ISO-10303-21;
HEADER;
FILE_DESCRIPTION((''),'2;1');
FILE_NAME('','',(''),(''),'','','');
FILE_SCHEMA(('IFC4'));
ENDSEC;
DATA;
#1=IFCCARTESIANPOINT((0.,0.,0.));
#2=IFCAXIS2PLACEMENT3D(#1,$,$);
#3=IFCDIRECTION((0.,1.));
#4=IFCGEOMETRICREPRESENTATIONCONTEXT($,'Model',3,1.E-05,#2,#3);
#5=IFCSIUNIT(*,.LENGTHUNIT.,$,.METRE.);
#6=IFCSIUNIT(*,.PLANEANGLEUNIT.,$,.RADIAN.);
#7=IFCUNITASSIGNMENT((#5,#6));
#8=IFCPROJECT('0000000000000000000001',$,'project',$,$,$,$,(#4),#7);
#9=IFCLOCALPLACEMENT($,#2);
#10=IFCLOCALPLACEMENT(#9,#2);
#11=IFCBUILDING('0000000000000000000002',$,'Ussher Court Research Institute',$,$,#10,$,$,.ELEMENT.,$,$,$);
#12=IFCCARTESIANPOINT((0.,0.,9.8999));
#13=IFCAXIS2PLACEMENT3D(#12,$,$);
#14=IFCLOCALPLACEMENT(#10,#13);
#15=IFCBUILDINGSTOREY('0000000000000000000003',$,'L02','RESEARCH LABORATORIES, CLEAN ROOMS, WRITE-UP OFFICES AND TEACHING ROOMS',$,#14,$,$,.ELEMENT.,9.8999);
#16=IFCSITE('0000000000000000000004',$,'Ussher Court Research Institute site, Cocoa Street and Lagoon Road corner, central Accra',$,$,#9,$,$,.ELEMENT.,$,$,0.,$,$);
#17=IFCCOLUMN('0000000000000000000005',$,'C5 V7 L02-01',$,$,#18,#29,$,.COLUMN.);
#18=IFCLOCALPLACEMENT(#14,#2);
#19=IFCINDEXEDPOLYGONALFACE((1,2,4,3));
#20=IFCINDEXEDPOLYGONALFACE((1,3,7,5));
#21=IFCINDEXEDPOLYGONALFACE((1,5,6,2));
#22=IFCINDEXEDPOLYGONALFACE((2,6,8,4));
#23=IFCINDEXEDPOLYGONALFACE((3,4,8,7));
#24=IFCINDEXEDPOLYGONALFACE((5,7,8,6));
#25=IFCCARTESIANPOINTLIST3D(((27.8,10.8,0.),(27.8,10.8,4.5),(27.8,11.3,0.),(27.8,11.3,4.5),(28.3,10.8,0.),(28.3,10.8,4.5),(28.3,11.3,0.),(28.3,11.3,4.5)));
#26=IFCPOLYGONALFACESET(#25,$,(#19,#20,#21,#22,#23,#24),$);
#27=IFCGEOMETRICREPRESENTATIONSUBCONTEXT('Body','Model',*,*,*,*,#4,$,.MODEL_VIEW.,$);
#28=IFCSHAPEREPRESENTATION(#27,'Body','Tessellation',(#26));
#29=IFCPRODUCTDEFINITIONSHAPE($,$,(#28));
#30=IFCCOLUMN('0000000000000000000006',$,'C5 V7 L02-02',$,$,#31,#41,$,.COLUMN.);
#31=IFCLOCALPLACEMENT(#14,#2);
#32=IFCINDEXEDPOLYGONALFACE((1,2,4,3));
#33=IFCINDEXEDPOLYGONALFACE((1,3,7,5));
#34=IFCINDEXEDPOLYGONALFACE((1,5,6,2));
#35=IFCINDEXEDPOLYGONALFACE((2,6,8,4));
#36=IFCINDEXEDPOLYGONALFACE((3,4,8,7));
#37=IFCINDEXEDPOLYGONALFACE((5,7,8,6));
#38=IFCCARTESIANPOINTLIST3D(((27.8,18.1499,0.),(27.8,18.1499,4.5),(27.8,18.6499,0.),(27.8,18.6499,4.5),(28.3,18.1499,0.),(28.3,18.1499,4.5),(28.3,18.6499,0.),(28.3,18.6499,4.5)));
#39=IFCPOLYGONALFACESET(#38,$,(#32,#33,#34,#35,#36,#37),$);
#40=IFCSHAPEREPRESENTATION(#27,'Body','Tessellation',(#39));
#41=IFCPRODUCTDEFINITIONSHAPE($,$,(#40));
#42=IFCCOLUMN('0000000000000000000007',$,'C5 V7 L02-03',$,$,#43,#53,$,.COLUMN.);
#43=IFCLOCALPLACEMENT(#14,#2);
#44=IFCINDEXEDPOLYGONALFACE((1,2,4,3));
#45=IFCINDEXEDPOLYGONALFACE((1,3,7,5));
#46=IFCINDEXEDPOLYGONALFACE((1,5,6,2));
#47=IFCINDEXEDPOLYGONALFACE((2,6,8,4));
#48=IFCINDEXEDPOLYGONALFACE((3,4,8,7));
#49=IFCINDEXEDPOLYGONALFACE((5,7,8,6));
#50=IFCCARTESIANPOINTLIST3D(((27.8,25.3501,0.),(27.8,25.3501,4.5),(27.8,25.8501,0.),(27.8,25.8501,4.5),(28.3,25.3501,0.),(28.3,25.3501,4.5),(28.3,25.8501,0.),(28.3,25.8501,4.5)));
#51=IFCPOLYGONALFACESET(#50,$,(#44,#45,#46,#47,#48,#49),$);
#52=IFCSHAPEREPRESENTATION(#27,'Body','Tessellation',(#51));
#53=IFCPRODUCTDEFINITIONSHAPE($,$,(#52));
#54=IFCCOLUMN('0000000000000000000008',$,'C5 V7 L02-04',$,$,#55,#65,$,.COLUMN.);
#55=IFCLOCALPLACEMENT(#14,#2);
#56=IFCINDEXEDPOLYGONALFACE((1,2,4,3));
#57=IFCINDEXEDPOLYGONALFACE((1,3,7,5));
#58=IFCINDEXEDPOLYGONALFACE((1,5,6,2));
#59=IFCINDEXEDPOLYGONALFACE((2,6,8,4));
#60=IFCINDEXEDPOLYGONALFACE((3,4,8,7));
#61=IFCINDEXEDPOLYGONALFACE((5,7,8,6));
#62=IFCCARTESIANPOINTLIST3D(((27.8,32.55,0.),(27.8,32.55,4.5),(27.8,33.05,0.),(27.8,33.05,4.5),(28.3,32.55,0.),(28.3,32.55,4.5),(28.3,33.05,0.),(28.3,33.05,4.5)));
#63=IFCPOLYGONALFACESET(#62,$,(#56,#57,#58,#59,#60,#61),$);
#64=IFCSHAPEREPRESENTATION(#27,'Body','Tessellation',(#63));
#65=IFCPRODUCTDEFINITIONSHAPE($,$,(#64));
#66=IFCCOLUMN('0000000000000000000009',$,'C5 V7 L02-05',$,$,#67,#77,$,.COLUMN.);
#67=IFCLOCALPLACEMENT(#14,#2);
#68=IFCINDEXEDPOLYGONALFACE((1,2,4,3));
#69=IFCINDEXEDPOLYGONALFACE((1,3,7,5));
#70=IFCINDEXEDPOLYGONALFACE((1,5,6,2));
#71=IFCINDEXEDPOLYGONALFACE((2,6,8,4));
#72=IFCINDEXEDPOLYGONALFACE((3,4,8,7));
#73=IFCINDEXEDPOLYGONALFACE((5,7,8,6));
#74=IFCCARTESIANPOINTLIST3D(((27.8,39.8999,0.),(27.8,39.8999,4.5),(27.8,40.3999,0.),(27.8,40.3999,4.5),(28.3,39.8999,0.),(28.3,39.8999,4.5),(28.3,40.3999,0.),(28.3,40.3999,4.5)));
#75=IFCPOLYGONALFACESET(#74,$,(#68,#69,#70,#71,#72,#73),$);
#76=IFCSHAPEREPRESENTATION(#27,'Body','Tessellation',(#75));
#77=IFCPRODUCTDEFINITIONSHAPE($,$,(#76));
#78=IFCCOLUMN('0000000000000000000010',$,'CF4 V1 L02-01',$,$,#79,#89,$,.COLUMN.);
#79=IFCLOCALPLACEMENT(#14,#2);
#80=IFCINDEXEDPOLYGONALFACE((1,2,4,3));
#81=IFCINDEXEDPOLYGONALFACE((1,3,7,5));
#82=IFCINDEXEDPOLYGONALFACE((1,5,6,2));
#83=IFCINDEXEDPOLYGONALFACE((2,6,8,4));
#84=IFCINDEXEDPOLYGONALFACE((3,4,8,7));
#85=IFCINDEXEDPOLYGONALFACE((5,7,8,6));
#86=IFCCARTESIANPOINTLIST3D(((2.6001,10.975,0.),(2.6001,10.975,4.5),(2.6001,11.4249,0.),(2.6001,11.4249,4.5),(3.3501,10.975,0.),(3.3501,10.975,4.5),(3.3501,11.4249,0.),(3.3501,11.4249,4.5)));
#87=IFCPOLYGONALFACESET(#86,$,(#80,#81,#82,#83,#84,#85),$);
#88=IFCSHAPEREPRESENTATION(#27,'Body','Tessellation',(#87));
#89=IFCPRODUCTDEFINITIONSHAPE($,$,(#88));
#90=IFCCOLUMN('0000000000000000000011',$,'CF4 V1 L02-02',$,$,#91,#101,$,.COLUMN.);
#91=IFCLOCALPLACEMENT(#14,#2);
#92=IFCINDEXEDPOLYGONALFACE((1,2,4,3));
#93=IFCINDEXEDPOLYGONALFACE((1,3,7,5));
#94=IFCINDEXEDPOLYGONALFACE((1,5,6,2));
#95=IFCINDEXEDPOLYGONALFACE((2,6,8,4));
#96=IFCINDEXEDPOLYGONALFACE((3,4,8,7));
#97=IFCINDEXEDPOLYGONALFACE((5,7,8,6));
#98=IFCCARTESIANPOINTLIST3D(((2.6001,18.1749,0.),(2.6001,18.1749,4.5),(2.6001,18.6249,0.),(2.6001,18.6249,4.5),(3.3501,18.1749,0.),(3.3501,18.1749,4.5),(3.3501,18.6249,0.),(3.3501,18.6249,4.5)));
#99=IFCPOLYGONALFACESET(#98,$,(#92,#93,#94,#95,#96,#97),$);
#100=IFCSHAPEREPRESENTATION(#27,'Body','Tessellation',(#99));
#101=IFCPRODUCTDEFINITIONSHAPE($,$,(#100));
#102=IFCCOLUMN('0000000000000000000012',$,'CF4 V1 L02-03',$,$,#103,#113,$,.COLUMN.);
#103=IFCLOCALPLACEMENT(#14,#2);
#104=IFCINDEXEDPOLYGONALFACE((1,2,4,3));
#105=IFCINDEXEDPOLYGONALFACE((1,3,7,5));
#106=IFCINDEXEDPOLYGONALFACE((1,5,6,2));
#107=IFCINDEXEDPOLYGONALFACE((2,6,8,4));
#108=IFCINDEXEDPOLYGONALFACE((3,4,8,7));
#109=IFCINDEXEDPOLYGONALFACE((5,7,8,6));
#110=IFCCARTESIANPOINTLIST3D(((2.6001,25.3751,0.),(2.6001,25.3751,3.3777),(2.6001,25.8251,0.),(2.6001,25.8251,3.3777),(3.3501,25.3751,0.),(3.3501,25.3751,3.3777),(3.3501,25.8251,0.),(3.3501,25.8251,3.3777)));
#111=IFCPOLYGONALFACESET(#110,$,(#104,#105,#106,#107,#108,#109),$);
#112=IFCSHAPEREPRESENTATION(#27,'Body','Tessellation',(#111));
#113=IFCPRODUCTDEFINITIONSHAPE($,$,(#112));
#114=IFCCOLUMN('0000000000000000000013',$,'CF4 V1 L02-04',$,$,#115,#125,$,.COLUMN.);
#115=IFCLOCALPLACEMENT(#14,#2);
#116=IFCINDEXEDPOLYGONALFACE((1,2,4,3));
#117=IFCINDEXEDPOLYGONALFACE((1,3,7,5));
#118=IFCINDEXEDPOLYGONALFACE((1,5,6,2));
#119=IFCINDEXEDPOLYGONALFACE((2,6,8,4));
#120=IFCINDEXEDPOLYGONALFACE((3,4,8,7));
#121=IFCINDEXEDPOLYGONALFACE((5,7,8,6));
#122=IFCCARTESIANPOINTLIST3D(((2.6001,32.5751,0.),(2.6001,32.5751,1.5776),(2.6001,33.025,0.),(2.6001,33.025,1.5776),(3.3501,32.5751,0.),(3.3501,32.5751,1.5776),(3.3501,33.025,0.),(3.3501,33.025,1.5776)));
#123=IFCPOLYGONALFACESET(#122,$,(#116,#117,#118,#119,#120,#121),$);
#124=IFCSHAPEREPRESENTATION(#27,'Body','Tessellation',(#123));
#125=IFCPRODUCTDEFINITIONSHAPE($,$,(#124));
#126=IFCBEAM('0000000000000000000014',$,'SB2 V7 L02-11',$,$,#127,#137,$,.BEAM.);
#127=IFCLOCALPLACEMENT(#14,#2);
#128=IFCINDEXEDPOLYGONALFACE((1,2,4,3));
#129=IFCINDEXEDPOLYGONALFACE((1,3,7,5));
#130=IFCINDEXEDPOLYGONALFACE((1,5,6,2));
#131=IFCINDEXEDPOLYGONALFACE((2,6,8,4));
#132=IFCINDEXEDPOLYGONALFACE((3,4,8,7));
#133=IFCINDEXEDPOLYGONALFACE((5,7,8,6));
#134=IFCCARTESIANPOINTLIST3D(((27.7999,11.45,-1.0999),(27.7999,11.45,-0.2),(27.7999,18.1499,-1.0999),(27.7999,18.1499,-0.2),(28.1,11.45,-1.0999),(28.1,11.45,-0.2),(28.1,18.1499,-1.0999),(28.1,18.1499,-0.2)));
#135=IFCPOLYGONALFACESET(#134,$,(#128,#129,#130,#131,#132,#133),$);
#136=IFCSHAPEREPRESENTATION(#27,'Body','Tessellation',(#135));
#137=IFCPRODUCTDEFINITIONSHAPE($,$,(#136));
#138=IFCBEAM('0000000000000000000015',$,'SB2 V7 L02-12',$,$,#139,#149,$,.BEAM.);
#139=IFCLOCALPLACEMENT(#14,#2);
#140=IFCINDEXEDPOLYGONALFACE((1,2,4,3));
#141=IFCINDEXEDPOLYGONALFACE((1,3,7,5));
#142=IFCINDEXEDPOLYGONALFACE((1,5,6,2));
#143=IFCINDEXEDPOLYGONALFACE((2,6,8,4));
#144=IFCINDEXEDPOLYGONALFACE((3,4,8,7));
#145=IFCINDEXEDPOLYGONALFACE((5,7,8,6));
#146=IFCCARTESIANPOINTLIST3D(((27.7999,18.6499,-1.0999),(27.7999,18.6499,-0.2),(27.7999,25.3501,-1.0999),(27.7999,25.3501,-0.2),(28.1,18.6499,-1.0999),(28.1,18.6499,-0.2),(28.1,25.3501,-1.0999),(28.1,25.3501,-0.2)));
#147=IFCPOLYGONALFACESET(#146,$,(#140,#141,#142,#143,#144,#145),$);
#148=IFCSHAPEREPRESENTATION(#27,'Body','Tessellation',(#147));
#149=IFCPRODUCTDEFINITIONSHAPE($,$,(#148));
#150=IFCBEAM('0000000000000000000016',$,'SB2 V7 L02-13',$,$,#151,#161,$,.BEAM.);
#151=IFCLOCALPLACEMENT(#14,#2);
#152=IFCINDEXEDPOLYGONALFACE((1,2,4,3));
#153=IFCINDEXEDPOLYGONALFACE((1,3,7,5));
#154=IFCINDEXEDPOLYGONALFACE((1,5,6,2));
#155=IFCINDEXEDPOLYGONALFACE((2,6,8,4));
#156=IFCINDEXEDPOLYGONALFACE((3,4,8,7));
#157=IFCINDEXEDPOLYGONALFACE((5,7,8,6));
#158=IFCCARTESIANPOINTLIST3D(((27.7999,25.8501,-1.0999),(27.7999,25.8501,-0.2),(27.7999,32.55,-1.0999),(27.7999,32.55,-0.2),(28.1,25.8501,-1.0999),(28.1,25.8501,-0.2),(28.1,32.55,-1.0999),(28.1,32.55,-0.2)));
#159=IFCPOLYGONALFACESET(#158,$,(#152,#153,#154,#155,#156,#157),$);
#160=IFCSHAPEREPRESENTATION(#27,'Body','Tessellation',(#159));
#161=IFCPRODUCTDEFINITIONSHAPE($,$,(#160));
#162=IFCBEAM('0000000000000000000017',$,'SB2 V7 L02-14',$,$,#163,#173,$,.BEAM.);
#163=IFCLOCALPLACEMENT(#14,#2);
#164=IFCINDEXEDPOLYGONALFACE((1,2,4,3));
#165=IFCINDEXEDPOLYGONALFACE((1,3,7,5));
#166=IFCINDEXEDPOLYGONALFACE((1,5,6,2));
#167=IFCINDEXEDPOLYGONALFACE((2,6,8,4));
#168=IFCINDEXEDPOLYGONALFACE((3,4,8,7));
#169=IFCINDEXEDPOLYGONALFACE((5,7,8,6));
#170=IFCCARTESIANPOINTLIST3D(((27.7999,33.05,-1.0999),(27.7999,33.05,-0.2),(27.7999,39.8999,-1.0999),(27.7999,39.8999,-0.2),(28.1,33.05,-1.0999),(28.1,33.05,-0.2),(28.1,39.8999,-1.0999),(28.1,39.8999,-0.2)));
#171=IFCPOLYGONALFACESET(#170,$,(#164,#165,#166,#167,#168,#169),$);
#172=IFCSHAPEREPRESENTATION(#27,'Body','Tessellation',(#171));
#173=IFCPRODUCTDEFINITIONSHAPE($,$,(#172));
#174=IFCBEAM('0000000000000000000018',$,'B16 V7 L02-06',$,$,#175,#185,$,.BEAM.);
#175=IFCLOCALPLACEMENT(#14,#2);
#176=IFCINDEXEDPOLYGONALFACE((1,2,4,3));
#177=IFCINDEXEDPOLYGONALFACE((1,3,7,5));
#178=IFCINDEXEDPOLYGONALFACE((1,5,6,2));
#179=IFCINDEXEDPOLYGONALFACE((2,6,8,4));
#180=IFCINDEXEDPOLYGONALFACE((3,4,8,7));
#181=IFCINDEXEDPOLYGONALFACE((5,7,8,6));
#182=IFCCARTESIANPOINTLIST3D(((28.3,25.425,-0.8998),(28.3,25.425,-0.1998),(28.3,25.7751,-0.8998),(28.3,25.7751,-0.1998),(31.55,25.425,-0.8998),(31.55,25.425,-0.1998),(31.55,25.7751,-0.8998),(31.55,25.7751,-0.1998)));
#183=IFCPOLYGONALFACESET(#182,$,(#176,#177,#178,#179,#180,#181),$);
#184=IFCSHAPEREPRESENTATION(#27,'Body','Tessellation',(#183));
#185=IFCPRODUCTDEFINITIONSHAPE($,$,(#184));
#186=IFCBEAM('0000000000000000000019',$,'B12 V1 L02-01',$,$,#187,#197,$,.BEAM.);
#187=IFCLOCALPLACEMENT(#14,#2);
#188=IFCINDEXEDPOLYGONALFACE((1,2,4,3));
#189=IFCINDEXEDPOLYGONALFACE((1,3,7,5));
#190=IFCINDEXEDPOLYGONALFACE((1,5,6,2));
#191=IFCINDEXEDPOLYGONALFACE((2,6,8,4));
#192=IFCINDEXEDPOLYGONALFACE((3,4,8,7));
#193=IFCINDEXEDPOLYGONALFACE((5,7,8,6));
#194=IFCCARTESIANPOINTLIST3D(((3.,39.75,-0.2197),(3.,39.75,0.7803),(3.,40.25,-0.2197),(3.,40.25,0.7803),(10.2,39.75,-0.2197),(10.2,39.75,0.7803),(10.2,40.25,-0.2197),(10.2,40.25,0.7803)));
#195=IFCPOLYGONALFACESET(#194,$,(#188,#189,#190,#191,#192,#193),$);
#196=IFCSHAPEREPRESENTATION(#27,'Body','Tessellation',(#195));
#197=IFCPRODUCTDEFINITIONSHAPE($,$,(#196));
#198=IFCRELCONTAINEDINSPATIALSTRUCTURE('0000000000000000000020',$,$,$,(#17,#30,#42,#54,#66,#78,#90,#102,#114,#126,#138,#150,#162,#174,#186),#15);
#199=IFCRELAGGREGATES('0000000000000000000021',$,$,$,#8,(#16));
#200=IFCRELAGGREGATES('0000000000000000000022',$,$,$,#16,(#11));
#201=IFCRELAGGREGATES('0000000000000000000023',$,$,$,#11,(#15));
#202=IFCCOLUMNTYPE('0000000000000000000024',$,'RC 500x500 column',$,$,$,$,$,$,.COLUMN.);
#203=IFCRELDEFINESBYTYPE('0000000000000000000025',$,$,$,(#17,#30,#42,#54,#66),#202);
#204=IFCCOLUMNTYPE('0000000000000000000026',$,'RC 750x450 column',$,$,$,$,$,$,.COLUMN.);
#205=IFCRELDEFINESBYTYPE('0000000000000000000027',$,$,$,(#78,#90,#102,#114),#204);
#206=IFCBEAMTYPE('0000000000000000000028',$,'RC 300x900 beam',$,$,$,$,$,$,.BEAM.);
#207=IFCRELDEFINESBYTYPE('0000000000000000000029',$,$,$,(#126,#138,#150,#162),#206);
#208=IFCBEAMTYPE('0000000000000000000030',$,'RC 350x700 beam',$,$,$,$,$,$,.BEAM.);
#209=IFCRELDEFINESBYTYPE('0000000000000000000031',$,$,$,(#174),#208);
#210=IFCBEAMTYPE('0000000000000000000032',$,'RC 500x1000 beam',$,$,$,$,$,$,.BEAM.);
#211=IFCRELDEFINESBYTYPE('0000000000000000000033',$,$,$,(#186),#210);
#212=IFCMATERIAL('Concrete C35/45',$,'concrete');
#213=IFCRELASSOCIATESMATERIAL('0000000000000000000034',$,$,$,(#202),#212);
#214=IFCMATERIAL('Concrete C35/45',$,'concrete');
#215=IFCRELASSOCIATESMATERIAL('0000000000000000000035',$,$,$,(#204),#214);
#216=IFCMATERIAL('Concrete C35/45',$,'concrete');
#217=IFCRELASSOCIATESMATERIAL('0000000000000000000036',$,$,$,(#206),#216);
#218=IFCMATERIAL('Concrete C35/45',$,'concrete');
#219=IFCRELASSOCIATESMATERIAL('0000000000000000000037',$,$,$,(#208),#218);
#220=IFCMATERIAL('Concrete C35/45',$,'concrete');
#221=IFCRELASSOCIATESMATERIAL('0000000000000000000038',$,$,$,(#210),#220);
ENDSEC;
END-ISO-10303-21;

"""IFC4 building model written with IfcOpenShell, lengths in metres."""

from ifc_helpers import new_model, si_unit, direction, frame, origin, origin_2d, place, context, subcontext, project, spatial, rectangle, extrude, material, material_profile, profile_set, type_object, element, save


model = new_model("IFC4")

# Units and contexts
model_context = context("Model", 3, precision=1e-05, world=origin(), true_north=direction((0.0, 1.0)))
body_context = subcontext(model_context, "Body", "Model", "MODEL_VIEW")
ifc_project = project(units=[si_unit("LENGTHUNIT", "METRE"), si_unit("PLANEANGLEUNIT", "RADIAN")], contexts=[model_context])

# Site, building, storey
site_placement = place(None, origin())
site = spatial("IfcSite", under=ifc_project, at=site_placement, Name="Ussher Court Research Institute site, Cocoa Street and Lagoon Road corner, central Accra", CompositionType="ELEMENT", RefElevation=0.0)
building_placement = place(site_placement, origin())
building = spatial("IfcBuilding", under=site, at=building_placement, Name="Ussher Court Research Institute", CompositionType="ELEMENT")
storey_placement = place(building_placement, frame((0.0, 0.0, 9.8999)))
storey = spatial("IfcBuildingStorey", under=building, at=storey_placement, Name="L02", Description="RESEARCH LABORATORIES, CLEAN ROOMS, WRITE-UP OFFICES AND TEACHING ROOMS", CompositionType="ELEMENT", Elevation=9.8999)

# Columns
ifc_material_1 = material(Name="Concrete C35/45", Category="concrete")
ifc_material_profile_1 = material_profile(ifc_material_1, rectangle(XDim=0.5, YDim=0.5, at=origin_2d()), Name="RC 500x500")
ifc_profile_set_1 = profile_set([ifc_material_profile_1], Name="Concrete C35/45")
column_type_1 = type_object("IfcColumnType", Name="RC 500x500 column", PredefinedType="COLUMN", material=ifc_profile_set_1)
for number, where, z_axis, x_axis, name in (
    (1, (28.05, 11.05, 0.0), (0.0, 0.0, 1.0), (1.0, 0.0, 0.0), "C5 V7 L02-01"),
    (2, (28.05, 18.3999, 0.0), (0.0, 0.0, 1.0), (1.0, 0.0, 0.0), "C5 V7 L02-02"),
    (3, (28.05, 25.6001, 0.0), (0.0, 0.0, 1.0), (1.0, 0.0, 0.0), "C5 V7 L02-03"),
    (4, (28.05, 32.8, 0.0), (0.0, 0.0, 1.0), (1.0, 0.0, 0.0), "C5 V7 L02-04"),
    (5, (28.05, 40.1499, 0.0), (0.0, 0.0, 1.0), (1.0, 0.0, 0.0), "C5 V7 L02-05"),
):
    element("IfcColumn", number, at=place(storey_placement, frame(where, z_axis=z_axis, x_axis=x_axis)), inside=storey, type_object=column_type_1, Name=name, PredefinedType="COLUMN", context=body_context, shape_type="SweptSolid", body=[
        extrude(rectangle(XDim=0.5, YDim=0.5, at=origin_2d()), origin(), (0.0, 0.0, 1.0), 4.5),
    ])
ifc_material_2 = material(Name="Concrete C35/45", Category="concrete")
ifc_material_profile_2 = material_profile(ifc_material_2, rectangle(XDim=0.75, YDim=0.45, at=origin_2d()), Name="RC 750x450")
ifc_profile_set_2 = profile_set([ifc_material_profile_2], Name="Concrete C35/45")
column_type_2 = type_object("IfcColumnType", Name="RC 750x450 column", PredefinedType="COLUMN", material=ifc_profile_set_2)
for number, where, z_axis, x_axis, name in (
    (6, (2.9751, 11.2, 0.0), (0.0, 0.0, 1.0), (1.0, 0.0, 0.0), "CF4 V1 L02-01"),
    (7, (2.9751, 18.3999, 0.0), (0.0, 0.0, 1.0), (1.0, 0.0, 0.0), "CF4 V1 L02-02"),
):
    element("IfcColumn", number, at=place(storey_placement, frame(where, z_axis=z_axis, x_axis=x_axis)), inside=storey, type_object=column_type_2, Name=name, PredefinedType="COLUMN", context=body_context, shape_type="SweptSolid", body=[
        extrude(rectangle(XDim=0.75, YDim=0.45, at=origin_2d()), origin(), (0.0, 0.0, 1.0), 4.5),
    ])
column_1_placement = place(storey_placement, frame((2.9751, 25.6001, 0.0), z_axis=(0.0, 0.0, 1.0), x_axis=(1.0, 0.0, 0.0)))
element("IfcColumn", 8, at=column_1_placement, inside=storey, type_object=column_type_2, Name="CF4 V1 L02-03", PredefinedType="COLUMN", context=body_context, shape_type="SweptSolid", body=[
    extrude(rectangle(XDim=0.75, YDim=0.45, at=origin_2d()), origin(), (0.0, 0.0, 1.0), 3.3777),
])
column_2_placement = place(storey_placement, frame((2.9751, 32.8, 0.0), z_axis=(0.0, 0.0, 1.0), x_axis=(1.0, 0.0, 0.0)))
element("IfcColumn", 9, at=column_2_placement, inside=storey, type_object=column_type_2, Name="CF4 V1 L02-04", PredefinedType="COLUMN", context=body_context, shape_type="SweptSolid", body=[
    extrude(rectangle(XDim=0.75, YDim=0.45, at=origin_2d()), origin(), (0.0, 0.0, 1.0), 1.5776),
])

# Beams
ifc_material_3 = material(Name="Concrete C35/45", Category="concrete")
ifc_material_profile_3 = material_profile(ifc_material_3, rectangle(XDim=0.3, YDim=0.8999, at=origin_2d()), Name="RC 300x900")
ifc_profile_set_3 = profile_set([ifc_material_profile_3], Name="Concrete C35/45")
beam_type_1 = type_object("IfcBeamType", Name="RC 300x900 beam", PredefinedType="BEAM", material=ifc_profile_set_3)
beam_1_placement = place(storey_placement, frame((27.95, 11.45, -0.6499), z_axis=(0.0, 1.0, 0.0), x_axis=(-1.0, 0.0, 0.0)))
element("IfcBeam", 10, at=beam_1_placement, inside=storey, type_object=beam_type_1, Name="SB2 V7 L02-11", PredefinedType="BEAM", context=body_context, shape_type="SweptSolid", body=[
    extrude(rectangle(XDim=0.3, YDim=0.8999, at=origin_2d()), origin(), (0.0, 0.0, 1.0), 6.7),
])
beam_2_placement = place(storey_placement, frame((27.95, 18.6499, -0.6499), z_axis=(0.0, 1.0, 0.0), x_axis=(-1.0, 0.0, 0.0)))
element("IfcBeam", 11, at=beam_2_placement, inside=storey, type_object=beam_type_1, Name="SB2 V7 L02-12", PredefinedType="BEAM", context=body_context, shape_type="SweptSolid", body=[
    extrude(rectangle(XDim=0.3, YDim=0.8999, at=origin_2d()), origin(), (0.0, 0.0, 1.0), 6.7002),
])
beam_3_placement = place(storey_placement, frame((27.95, 25.8501, -0.6499), z_axis=(0.0, 1.0, 0.0), x_axis=(-1.0, 0.0, 0.0)))
element("IfcBeam", 12, at=beam_3_placement, inside=storey, type_object=beam_type_1, Name="SB2 V7 L02-13", PredefinedType="BEAM", context=body_context, shape_type="SweptSolid", body=[
    extrude(rectangle(XDim=0.3, YDim=0.8999, at=origin_2d()), origin(), (0.0, 0.0, 1.0), 6.7),
])
beam_4_placement = place(storey_placement, frame((27.95, 33.05, -0.6499), z_axis=(0.0, 1.0, 0.0), x_axis=(-1.0, 0.0, 0.0)))
element("IfcBeam", 13, at=beam_4_placement, inside=storey, type_object=beam_type_1, Name="SB2 V7 L02-14", PredefinedType="BEAM", context=body_context, shape_type="SweptSolid", body=[
    extrude(rectangle(XDim=0.3, YDim=0.8999, at=origin_2d()), origin(), (0.0, 0.0, 1.0), 6.8499),
])
ifc_material_4 = material(Name="Concrete C35/45", Category="concrete")
ifc_material_profile_4 = material_profile(ifc_material_4, rectangle(XDim=0.3501, YDim=0.7, at=origin_2d()), Name="RC 350x700")
ifc_profile_set_4 = profile_set([ifc_material_profile_4], Name="Concrete C35/45")
beam_type_2 = type_object("IfcBeamType", Name="RC 350x700 beam", PredefinedType="BEAM", material=ifc_profile_set_4)
beam_5_placement = place(storey_placement, frame((28.3, 25.6001, -0.5498), z_axis=(1.0, 0.0, 0.0), x_axis=(0.0, 1.0, 0.0)))
element("IfcBeam", 14, at=beam_5_placement, inside=storey, type_object=beam_type_2, Name="B16 V7 L02-06", PredefinedType="BEAM", context=body_context, shape_type="SweptSolid", body=[
    extrude(rectangle(XDim=0.3501, YDim=0.7, at=origin_2d()), origin(), (0.0, 0.0, 1.0), 3.25),
])
ifc_material_5 = material(Name="Concrete C35/45", Category="concrete")
ifc_material_profile_5 = material_profile(ifc_material_5, rectangle(XDim=0.5, YDim=1.0, at=origin_2d()), Name="RC 500x1000")
ifc_profile_set_5 = profile_set([ifc_material_profile_5], Name="Concrete C35/45")
beam_type_3 = type_object("IfcBeamType", Name="RC 500x1000 beam", PredefinedType="BEAM", material=ifc_profile_set_5)
for number, where, z_axis, x_axis, name in (
    (15, (3.0, 40.0, 0.2803), (1.0, 0.0, 0.0), (0.0, 1.0, 0.0), "B12 V1 L02-01"),
):
    element("IfcBeam", number, at=place(storey_placement, frame(where, z_axis=z_axis, x_axis=x_axis)), inside=storey, type_object=beam_type_3, Name=name, PredefinedType="BEAM", context=body_context, shape_type="SweptSolid", body=[
        extrude(rectangle(XDim=0.5, YDim=1.0, at=origin_2d()), origin(), (0.0, 0.0, 1.0), 7.2),
    ])

save(model, "model.ifc")
